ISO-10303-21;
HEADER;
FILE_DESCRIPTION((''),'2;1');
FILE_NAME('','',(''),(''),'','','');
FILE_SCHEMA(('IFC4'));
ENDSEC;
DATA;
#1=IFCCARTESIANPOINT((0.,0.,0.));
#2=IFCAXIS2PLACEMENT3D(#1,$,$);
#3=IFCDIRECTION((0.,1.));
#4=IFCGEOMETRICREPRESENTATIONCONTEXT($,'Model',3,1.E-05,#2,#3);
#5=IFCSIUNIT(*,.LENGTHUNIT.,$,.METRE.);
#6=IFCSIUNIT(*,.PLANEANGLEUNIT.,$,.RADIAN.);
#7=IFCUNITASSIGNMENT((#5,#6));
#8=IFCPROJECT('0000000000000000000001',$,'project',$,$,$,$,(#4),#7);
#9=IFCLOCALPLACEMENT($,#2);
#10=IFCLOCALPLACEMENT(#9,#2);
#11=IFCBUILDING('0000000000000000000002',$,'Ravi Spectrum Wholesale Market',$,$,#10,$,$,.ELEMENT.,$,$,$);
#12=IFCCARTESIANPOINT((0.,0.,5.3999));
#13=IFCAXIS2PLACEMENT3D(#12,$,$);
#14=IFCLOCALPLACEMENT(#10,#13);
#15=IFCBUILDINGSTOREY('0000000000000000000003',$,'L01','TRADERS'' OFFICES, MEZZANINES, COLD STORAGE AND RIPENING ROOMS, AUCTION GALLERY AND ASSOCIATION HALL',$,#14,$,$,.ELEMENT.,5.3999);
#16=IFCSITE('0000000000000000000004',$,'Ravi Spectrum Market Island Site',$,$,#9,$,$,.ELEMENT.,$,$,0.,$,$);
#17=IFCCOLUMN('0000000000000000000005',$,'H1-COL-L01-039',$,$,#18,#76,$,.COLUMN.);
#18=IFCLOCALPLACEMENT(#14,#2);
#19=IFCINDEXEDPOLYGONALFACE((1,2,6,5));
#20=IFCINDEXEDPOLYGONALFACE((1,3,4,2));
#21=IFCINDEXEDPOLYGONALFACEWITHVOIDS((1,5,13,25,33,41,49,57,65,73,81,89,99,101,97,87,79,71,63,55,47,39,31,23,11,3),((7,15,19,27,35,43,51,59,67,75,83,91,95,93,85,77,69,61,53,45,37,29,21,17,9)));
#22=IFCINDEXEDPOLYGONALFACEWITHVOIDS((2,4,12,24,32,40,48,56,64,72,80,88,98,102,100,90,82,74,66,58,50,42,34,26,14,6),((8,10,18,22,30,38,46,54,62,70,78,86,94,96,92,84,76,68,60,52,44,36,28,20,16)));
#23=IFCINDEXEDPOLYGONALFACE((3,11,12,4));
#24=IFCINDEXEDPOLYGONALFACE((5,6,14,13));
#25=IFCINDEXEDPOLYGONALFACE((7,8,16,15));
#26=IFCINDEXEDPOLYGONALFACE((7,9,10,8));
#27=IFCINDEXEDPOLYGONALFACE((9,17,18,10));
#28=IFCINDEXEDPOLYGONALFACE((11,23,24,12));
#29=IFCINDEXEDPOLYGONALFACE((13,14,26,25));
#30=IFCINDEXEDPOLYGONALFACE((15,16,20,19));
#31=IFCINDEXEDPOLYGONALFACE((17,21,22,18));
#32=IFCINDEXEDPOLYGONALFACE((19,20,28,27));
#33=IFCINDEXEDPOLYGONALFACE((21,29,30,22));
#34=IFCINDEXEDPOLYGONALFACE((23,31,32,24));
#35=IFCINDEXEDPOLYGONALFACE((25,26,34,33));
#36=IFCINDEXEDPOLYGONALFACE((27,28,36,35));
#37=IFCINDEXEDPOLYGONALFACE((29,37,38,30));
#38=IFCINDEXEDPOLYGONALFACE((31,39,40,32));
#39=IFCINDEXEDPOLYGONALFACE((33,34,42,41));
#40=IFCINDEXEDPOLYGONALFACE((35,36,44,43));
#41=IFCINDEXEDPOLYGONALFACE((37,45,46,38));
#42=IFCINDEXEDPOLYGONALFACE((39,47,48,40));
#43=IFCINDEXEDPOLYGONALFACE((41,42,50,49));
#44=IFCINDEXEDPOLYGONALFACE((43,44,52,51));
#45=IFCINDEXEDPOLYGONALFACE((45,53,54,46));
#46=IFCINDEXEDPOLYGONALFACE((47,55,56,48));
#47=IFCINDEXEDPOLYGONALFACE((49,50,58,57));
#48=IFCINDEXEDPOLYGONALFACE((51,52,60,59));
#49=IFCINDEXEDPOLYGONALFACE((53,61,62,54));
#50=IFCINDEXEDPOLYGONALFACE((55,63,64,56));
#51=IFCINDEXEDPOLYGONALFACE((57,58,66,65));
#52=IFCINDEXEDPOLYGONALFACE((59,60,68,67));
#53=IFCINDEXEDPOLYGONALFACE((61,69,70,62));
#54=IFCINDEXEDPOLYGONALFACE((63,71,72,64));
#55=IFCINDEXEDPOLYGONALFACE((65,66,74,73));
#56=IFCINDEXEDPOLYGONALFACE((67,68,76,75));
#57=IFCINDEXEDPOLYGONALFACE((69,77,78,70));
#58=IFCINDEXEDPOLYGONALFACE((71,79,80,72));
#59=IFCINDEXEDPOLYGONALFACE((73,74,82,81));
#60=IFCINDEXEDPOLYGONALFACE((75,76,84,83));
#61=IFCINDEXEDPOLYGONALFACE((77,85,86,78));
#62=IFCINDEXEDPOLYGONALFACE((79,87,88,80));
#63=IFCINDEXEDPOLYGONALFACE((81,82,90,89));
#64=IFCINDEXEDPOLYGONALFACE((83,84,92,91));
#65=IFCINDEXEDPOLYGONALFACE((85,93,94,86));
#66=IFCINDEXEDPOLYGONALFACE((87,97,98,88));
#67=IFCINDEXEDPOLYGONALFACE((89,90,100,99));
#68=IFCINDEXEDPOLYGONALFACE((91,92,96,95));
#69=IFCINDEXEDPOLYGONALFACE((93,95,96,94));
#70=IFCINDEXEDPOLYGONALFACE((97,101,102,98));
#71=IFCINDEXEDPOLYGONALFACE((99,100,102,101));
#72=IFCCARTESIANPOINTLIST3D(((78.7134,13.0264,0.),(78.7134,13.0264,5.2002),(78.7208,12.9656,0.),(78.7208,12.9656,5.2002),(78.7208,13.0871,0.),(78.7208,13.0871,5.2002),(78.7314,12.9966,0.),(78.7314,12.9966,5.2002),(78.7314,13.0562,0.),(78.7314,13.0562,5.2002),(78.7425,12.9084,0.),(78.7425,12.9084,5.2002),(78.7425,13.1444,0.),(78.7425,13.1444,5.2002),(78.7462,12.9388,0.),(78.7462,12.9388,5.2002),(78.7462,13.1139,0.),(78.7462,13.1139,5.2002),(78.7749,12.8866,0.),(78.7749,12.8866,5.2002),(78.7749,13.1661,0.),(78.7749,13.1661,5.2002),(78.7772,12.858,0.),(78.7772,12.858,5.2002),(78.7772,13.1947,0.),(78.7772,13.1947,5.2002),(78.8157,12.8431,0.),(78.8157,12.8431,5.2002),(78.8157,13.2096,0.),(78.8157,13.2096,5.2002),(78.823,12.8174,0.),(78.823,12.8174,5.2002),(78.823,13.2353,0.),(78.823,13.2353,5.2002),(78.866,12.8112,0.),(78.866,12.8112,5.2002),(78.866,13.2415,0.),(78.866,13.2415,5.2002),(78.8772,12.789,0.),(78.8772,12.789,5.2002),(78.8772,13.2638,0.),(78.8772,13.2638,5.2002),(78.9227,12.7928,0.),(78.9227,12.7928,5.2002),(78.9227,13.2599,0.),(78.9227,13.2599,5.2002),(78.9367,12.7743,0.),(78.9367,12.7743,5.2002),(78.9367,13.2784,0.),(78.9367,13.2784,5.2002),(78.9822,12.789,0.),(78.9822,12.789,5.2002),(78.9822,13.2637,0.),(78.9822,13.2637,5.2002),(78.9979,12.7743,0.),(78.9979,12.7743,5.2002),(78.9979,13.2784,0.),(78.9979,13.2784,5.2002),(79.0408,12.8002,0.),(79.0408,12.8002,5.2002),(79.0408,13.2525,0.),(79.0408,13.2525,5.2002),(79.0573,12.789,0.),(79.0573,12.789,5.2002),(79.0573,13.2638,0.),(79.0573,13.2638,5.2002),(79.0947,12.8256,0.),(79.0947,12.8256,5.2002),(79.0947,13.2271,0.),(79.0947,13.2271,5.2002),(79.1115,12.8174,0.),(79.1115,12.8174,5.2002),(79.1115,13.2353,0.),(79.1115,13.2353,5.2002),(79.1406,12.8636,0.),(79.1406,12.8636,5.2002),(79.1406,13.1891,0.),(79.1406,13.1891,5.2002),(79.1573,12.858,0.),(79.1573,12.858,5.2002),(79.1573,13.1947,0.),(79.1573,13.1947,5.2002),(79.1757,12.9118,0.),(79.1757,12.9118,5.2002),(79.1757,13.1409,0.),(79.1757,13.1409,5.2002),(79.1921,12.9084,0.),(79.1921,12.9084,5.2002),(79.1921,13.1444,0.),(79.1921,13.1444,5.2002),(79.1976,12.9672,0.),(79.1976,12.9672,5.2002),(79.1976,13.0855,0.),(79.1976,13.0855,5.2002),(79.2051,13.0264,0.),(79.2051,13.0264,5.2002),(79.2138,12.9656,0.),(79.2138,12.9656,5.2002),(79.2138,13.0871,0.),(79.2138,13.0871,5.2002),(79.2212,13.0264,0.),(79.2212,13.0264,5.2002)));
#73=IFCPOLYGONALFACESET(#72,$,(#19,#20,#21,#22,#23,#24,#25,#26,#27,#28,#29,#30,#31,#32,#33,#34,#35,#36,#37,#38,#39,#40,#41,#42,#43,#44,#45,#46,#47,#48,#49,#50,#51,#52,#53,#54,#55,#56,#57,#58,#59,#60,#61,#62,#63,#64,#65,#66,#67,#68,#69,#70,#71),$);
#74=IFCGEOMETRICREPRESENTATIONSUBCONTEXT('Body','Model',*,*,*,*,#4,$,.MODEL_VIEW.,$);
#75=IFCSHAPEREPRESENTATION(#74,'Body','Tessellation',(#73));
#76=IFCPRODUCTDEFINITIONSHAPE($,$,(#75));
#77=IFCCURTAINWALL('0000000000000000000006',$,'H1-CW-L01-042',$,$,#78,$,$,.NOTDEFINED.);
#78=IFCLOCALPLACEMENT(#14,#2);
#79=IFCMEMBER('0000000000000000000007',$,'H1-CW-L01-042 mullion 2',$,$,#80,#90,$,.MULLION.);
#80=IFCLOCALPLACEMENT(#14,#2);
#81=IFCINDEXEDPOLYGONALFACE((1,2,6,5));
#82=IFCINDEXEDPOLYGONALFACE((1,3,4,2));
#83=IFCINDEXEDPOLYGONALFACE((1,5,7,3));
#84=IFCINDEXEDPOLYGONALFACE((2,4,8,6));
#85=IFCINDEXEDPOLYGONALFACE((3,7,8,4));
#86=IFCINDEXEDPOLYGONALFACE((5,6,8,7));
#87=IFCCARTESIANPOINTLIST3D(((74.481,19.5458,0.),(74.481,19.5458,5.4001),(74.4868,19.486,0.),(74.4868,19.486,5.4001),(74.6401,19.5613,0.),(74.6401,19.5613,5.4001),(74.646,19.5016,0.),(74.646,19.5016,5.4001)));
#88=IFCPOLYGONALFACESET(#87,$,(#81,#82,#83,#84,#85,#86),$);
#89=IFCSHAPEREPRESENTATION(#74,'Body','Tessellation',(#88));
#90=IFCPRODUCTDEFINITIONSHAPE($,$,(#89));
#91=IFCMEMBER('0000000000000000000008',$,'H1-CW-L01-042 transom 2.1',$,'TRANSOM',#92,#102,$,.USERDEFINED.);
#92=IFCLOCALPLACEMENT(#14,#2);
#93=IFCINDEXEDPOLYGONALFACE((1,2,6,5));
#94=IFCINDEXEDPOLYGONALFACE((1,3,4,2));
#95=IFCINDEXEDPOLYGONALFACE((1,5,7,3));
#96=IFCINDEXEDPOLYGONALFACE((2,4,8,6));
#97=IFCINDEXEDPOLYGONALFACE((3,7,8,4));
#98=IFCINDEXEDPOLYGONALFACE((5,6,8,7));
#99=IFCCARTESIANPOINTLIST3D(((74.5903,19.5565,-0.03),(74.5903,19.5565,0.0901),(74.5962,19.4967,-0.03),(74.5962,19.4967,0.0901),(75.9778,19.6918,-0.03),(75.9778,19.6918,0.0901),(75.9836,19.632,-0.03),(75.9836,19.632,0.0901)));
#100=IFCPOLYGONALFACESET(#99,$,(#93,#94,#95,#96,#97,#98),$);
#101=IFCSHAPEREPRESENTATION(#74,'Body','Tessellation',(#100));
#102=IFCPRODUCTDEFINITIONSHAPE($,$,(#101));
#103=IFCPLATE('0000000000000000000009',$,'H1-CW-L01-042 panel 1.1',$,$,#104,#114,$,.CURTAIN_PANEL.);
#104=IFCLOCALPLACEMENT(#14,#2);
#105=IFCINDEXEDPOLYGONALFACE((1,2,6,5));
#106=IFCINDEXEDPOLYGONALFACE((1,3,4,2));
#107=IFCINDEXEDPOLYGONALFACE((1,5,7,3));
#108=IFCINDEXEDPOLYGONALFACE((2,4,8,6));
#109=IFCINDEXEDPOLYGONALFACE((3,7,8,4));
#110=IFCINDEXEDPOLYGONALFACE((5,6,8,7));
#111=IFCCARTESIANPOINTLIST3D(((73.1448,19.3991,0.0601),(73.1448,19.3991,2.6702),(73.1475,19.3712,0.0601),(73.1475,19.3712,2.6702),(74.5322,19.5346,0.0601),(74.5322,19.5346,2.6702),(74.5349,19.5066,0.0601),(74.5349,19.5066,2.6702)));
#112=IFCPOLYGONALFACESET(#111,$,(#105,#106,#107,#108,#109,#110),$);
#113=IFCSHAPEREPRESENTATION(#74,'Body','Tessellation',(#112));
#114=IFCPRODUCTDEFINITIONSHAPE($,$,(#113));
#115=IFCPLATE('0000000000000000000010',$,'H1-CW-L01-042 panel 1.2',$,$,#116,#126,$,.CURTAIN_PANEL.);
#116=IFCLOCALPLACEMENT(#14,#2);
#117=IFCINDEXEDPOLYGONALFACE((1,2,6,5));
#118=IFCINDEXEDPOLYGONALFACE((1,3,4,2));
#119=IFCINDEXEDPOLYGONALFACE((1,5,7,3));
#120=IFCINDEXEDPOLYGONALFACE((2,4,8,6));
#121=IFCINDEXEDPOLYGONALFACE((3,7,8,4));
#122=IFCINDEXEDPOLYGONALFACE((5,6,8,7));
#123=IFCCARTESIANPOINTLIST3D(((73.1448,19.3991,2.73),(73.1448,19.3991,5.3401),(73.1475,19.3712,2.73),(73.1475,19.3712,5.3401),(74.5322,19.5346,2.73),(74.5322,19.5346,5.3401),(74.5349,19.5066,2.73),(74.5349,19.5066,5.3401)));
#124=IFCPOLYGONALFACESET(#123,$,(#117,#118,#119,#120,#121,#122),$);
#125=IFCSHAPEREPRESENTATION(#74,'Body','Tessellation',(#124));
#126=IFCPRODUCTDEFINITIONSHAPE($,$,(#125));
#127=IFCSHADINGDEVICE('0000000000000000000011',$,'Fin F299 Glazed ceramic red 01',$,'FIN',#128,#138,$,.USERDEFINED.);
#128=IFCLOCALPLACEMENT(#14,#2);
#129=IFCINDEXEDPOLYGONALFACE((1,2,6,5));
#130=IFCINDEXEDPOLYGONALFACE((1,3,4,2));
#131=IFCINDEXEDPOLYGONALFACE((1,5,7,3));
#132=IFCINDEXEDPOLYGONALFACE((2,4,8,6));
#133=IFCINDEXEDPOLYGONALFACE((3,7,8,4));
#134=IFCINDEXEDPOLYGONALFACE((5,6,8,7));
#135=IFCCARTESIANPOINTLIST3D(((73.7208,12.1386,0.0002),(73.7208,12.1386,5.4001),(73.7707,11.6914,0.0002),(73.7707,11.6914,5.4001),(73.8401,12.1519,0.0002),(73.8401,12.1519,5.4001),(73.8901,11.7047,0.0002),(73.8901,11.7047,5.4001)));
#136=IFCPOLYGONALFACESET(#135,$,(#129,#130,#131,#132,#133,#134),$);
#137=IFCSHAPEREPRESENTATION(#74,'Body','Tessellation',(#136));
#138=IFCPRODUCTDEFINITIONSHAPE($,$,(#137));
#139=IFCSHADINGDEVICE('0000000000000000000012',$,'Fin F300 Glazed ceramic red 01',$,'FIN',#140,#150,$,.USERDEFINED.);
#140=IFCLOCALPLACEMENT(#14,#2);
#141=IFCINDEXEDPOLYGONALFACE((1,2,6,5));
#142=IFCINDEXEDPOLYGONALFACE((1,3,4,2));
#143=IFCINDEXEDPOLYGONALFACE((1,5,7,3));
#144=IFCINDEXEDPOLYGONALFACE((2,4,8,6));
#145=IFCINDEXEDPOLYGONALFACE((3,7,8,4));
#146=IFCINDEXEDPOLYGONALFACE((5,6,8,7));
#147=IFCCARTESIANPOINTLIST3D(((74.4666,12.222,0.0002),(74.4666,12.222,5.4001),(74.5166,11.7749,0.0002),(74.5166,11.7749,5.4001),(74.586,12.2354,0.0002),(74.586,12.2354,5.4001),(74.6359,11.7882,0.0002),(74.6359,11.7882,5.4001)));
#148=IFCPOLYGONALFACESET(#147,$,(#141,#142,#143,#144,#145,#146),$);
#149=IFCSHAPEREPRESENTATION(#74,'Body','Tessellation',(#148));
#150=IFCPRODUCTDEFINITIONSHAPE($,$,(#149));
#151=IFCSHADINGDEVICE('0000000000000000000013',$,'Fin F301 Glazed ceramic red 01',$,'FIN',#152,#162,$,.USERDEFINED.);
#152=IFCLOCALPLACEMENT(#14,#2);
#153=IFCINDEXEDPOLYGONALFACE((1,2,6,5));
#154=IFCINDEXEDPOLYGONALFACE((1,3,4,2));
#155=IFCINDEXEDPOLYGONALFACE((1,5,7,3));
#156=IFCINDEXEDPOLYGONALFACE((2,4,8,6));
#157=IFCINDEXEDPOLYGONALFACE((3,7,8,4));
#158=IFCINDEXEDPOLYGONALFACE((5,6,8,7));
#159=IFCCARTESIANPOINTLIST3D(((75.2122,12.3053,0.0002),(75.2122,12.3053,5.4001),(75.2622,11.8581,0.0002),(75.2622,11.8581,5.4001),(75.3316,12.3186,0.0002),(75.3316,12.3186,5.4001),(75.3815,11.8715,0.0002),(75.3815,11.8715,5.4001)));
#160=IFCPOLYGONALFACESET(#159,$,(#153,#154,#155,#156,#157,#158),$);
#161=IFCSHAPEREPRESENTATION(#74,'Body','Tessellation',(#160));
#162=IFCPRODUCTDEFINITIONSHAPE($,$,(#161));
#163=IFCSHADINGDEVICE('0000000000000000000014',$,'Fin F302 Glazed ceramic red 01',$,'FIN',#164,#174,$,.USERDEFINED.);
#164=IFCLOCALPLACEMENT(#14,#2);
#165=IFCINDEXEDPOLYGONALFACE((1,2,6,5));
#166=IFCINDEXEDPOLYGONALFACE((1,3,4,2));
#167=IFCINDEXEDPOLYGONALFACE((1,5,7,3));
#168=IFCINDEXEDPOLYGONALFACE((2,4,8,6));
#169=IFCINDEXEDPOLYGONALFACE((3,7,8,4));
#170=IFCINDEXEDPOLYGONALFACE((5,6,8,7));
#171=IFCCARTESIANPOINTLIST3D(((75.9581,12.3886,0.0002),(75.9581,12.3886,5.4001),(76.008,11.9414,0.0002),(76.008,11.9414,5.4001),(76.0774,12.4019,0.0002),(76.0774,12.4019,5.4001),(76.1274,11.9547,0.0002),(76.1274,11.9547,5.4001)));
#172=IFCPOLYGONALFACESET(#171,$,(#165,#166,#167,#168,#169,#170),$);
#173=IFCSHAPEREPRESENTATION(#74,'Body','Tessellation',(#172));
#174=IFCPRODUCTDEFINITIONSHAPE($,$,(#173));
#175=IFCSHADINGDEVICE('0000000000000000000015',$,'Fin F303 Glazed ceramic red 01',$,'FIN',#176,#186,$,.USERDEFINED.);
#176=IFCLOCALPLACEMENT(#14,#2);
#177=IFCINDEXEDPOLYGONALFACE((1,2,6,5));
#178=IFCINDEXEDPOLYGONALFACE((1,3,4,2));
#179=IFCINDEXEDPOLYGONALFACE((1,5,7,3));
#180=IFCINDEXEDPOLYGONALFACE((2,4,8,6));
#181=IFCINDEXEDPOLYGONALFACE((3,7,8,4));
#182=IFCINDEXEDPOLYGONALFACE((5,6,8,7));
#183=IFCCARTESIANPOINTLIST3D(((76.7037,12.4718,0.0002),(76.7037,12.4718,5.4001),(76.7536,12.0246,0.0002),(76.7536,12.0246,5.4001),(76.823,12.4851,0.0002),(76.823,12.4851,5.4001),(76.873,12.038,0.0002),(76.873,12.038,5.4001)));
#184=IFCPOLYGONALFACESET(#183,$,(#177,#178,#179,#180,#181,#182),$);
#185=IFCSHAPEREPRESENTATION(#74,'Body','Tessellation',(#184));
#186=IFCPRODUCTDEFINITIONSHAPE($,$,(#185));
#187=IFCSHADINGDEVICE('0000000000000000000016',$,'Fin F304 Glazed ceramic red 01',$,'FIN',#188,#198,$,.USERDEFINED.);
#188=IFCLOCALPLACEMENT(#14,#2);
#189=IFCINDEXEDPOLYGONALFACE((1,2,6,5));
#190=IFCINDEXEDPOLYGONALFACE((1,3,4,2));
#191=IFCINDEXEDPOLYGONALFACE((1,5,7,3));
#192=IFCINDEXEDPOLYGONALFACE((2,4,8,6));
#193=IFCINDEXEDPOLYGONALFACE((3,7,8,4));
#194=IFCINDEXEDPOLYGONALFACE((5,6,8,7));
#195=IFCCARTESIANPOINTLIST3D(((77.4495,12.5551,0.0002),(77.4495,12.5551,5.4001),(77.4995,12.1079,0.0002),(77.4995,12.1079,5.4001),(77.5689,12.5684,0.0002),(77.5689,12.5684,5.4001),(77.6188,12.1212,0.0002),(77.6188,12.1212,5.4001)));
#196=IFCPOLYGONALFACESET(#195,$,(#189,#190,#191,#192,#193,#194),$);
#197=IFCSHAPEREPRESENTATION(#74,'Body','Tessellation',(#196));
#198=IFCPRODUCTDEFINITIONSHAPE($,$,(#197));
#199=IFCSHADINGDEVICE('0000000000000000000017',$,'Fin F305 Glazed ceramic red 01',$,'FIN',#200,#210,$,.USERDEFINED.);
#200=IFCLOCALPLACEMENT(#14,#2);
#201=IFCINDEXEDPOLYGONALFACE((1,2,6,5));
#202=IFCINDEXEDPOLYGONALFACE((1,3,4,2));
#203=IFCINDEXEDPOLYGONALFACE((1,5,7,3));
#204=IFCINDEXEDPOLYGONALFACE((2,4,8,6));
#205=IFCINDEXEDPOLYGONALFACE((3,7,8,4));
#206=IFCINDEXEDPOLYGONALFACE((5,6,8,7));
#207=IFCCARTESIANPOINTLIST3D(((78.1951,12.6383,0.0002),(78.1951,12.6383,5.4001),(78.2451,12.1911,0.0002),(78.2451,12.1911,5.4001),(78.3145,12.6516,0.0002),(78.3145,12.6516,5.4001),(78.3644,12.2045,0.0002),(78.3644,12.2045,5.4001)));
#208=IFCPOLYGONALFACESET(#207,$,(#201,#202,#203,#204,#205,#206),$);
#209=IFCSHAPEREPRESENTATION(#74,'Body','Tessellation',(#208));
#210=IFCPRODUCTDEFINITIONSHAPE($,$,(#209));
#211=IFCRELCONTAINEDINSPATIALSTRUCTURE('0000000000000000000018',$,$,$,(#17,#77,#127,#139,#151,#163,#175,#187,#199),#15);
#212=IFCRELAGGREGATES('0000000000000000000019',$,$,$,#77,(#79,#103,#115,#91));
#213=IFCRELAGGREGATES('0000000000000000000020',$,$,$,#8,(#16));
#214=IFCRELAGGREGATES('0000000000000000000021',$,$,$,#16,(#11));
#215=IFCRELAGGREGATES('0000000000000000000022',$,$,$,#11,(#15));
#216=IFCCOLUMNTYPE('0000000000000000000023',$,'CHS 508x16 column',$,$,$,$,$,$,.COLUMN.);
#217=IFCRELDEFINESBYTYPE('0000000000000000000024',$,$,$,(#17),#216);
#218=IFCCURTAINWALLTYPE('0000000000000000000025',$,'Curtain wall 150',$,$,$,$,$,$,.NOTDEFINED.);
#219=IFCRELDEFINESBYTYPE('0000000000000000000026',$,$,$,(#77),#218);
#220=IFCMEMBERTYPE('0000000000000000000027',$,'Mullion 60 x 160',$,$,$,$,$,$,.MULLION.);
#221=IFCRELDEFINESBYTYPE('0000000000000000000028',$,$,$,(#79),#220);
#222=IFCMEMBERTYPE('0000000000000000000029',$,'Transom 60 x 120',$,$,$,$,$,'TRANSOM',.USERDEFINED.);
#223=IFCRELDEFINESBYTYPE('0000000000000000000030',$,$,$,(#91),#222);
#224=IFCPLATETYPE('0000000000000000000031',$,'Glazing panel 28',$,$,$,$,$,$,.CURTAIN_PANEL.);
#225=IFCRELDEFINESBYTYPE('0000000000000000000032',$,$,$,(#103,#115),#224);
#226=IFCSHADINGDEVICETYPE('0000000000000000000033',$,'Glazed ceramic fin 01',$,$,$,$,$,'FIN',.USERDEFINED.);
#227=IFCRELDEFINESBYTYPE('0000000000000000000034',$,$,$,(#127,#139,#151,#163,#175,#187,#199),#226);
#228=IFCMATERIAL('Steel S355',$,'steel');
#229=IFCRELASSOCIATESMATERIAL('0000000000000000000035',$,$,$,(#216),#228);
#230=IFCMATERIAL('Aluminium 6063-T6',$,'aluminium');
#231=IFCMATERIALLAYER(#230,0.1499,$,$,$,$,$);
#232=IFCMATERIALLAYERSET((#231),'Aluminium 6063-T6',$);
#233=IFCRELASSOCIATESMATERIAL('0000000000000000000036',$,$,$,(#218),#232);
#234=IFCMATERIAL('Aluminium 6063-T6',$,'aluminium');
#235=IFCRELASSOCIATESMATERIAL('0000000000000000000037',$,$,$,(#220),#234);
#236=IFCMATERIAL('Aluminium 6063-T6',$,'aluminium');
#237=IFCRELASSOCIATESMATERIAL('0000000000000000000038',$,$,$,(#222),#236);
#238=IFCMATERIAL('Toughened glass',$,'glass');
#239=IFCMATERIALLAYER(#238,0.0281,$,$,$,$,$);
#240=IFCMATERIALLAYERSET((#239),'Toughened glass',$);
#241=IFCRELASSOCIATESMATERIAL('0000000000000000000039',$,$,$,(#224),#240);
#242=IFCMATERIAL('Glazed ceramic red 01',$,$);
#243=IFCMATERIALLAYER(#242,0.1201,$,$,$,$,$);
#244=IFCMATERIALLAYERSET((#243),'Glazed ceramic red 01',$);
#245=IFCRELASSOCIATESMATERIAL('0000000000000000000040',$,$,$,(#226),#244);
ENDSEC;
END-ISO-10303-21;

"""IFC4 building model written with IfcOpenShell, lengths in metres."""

from ifc_helpers import new_model, si_unit, direction, frame, origin, origin_2d, place, context, subcontext, project, spatial, rectangle, hollow_circle, extrude, material, layer, layer_set, material_profile, profile_set, type_object, element, aggregate, save


model = new_model("IFC4")

# Units and contexts
model_context = context("Model", 3, precision=1e-05, world=origin(), true_north=direction((0.0, 1.0)))
body_context = subcontext(model_context, "Body", "Model", "MODEL_VIEW")
ifc_project = project(units=[si_unit("LENGTHUNIT", "METRE"), si_unit("PLANEANGLEUNIT", "RADIAN")], contexts=[model_context])

# Site, building, storey
site_placement = place(None, origin())
site = spatial("IfcSite", under=ifc_project, at=site_placement, Name="Ravi Spectrum Market Island Site", CompositionType="ELEMENT", RefElevation=0.0)
building_placement = place(site_placement, origin())
building = spatial("IfcBuilding", under=site, at=building_placement, Name="Ravi Spectrum Wholesale Market", CompositionType="ELEMENT")
storey_placement = place(building_placement, frame((0.0, 0.0, 5.3999)))
storey = spatial("IfcBuildingStorey", under=building, at=storey_placement, Name="L01", Description="TRADERS' OFFICES, MEZZANINES, COLD STORAGE AND RIPENING ROOMS, AUCTION GALLERY AND ASSOCIATION HALL", CompositionType="ELEMENT", Elevation=5.3999)

# Column
ifc_material_1 = material(Name="Steel S355", Category="steel")
ifc_material_profile_1 = material_profile(ifc_material_1, hollow_circle(Radius=0.2539, WallThickness=0.0161, at=origin_2d()))
ifc_profile_set_1 = profile_set([ifc_material_profile_1], Name="Steel S355")
column_type = type_object("IfcColumnType", Name="CHS 508x16 column", PredefinedType="COLUMN", material=ifc_profile_set_1)
column_placement = place(storey_placement, frame((78.9673, 13.0264, 0.0), z_axis=(0.0, 0.0, 1.0), x_axis=(1.0, 0.0, 0.0)))
element("IfcColumn", 1, at=column_placement, inside=storey, type_object=column_type, Name="H1-COL-L01-039", PredefinedType="COLUMN", context=body_context, shape_type="SweptSolid", body=[
    extrude(hollow_circle(Radius=0.2539, WallThickness=0.0161, at=origin_2d()), origin(), (0.0, 0.0, 1.0), 5.2002),
])

# Curtain wall, members, plates
ifc_material_2 = material(Name="Aluminium 6063-T6", Category="aluminium")
ifc_layer_1 = layer(ifc_material_2, 0.1499)
ifc_layer_set_1 = layer_set([ifc_layer_1], Name="Aluminium 6063-T6")
curtain_wall_type = type_object("IfcCurtainWallType", Name="Curtain wall 150", PredefinedType="NOTDEFINED", material=ifc_layer_set_1)
curtain_wall_placement = place(storey_placement, origin())
curtain_wall = element("IfcCurtainWall", 2, at=curtain_wall_placement, inside=storey, type_object=curtain_wall_type, Name="H1-CW-L01-042", PredefinedType="NOTDEFINED")
ifc_material_3 = material(Name="Aluminium 6063-T6", Category="aluminium")
ifc_material_profile_2 = material_profile(ifc_material_3, rectangle(XDim=0.0601, YDim=0.1599, at=origin_2d()))
ifc_profile_set_2 = profile_set([ifc_material_profile_2], Name="Aluminium 6063-T6")
member_type_1 = type_object("IfcMemberType", Name="Mullion 60 x 160", PredefinedType="MULLION", material=ifc_profile_set_2)
member_1_placement = place(storey_placement, frame((74.5635, 19.5237, 0.0), z_axis=(0.0, 0.0, 1.0), x_axis=(-0.097144, 0.99527, 0.0)))
member_1 = element("IfcMember", 3, at=member_1_placement, type_object=member_type_1, Name="H1-CW-L01-042 mullion 2", PredefinedType="MULLION", context=body_context, shape_type="SweptSolid", body=[
    extrude(rectangle(XDim=0.0601, YDim=0.1599, at=origin_2d()), origin(), (0.0, 0.0, 1.0), 5.4001),
])
ifc_material_4 = material(Name="Aluminium 6063-T6", Category="aluminium")
ifc_material_profile_3 = material_profile(ifc_material_4, rectangle(XDim=0.0601, YDim=0.1201, at=origin_2d()))
ifc_profile_set_3 = profile_set([ifc_material_profile_3], Name="Aluminium 6063-T6")
member_type_2 = type_object("IfcMemberType", Name="Transom 60 x 120", ElementType="TRANSOM", PredefinedType="USERDEFINED", material=ifc_profile_set_3)
member_2_placement = place(storey_placement, frame((74.5933, 19.5266, 0.03), z_axis=(0.995282, 0.097024, 0.0), x_axis=(-0.097024, 0.995282, 0.0)))
member_2 = element("IfcMember", 4, at=member_2_placement, type_object=member_type_2, Name="H1-CW-L01-042 transom 2.1", ObjectType="TRANSOM", PredefinedType="USERDEFINED", context=body_context, shape_type="SweptSolid", body=[
    extrude(rectangle(XDim=0.0601, YDim=0.1201, at=origin_2d()), origin(), (0.0, 0.0, 1.0), 1.394),
])
ifc_material_5 = material(Name="Toughened glass", Category="glass")
ifc_layer_2 = layer(ifc_material_5, 0.0281)
ifc_layer_set_2 = layer_set([ifc_layer_2], Name="Toughened glass")
plate_type = type_object("IfcPlateType", Name="Glazing panel 28", PredefinedType="CURTAIN_PANEL", material=ifc_layer_set_2)
plate_1_placement = place(storey_placement, frame((73.8398, 19.4529, 0.0601), z_axis=(0.0, 0.0, 1.0), x_axis=(0.99527, 0.097144, 0.0)))
plate_1 = element("IfcPlate", 5, at=plate_1_placement, type_object=plate_type, Name="H1-CW-L01-042 panel 1.1", PredefinedType="CURTAIN_PANEL", context=body_context, shape_type="SweptSolid", body=[
    extrude(rectangle(XDim=1.394, YDim=0.0281, at=origin_2d()), origin(), (0.0, 0.0, 1.0), 2.6101),
])
plate_2_placement = place(storey_placement, frame((73.8398, 19.4529, 2.73), z_axis=(0.0, 0.0, 1.0), x_axis=(0.99527, 0.097144, 0.0)))
plate_2 = element("IfcPlate", 6, at=plate_2_placement, type_object=plate_type, Name="H1-CW-L01-042 panel 1.2", PredefinedType="CURTAIN_PANEL", context=body_context, shape_type="SweptSolid", body=[
    extrude(rectangle(XDim=1.394, YDim=0.0281, at=origin_2d()), origin(), (0.0, 0.0, 1.0), 2.6101),
])
aggregate(curtain_wall, [member_1, plate_1, plate_2, member_2])

# Shading devices
ifc_material_6 = material(Name="Glazed ceramic red 01")
ifc_layer_3 = layer(ifc_material_6, 0.1201)
ifc_layer_set_3 = layer_set([ifc_layer_3], Name="Glazed ceramic red 01")
shading_device_type = type_object("IfcShadingDeviceType", Name="Glazed ceramic fin 01", ElementType="FIN", PredefinedType="USERDEFINED", material=ifc_layer_set_3)
for number, where, z_axis, x_axis, name in (
    (7, (73.8054, 11.9216, 0.0002), (0.0, 0.0, 1.0), (0.993821, 0.110994, 0.0), "Fin F299 Glazed ceramic red 01"),
    (8, (74.5513, 12.0051, 0.0002), (0.0, 0.0, 1.0), (0.993821, 0.110994, 0.0), "Fin F300 Glazed ceramic red 01"),
    (9, (75.2969, 12.0884, 0.0002), (0.0, 0.0, 1.0), (0.993821, 0.110994, 0.0), "Fin F301 Glazed ceramic red 01"),
    (10, (76.0427, 12.1716, 0.0002), (0.0, 0.0, 1.0), (0.993821, 0.110994, 0.0), "Fin F302 Glazed ceramic red 01"),
    (11, (76.7883, 12.2549, 0.0002), (0.0, 0.0, 1.0), (0.993821, 0.110994, 0.0), "Fin F303 Glazed ceramic red 01"),
    (12, (77.5342, 12.3381, 0.0002), (0.0, 0.0, 1.0), (0.993821, 0.110994, 0.0), "Fin F304 Glazed ceramic red 01"),
    (13, (78.2798, 12.4214, 0.0002), (0.0, 0.0, 1.0), (0.993821, 0.110994, 0.0), "Fin F305 Glazed ceramic red 01"),
):
    element("IfcShadingDevice", number, at=place(storey_placement, frame(where, z_axis=z_axis, x_axis=x_axis)), inside=storey, type_object=shading_device_type, Name=name, ObjectType="FIN", PredefinedType="USERDEFINED", context=body_context, shape_type="SweptSolid", body=[
        extrude(rectangle(XDim=0.1201, YDim=0.45, at=origin_2d()), origin(), (0.0, 0.0, 1.0), 5.3999),
    ])

save(model, "model.ifc")
